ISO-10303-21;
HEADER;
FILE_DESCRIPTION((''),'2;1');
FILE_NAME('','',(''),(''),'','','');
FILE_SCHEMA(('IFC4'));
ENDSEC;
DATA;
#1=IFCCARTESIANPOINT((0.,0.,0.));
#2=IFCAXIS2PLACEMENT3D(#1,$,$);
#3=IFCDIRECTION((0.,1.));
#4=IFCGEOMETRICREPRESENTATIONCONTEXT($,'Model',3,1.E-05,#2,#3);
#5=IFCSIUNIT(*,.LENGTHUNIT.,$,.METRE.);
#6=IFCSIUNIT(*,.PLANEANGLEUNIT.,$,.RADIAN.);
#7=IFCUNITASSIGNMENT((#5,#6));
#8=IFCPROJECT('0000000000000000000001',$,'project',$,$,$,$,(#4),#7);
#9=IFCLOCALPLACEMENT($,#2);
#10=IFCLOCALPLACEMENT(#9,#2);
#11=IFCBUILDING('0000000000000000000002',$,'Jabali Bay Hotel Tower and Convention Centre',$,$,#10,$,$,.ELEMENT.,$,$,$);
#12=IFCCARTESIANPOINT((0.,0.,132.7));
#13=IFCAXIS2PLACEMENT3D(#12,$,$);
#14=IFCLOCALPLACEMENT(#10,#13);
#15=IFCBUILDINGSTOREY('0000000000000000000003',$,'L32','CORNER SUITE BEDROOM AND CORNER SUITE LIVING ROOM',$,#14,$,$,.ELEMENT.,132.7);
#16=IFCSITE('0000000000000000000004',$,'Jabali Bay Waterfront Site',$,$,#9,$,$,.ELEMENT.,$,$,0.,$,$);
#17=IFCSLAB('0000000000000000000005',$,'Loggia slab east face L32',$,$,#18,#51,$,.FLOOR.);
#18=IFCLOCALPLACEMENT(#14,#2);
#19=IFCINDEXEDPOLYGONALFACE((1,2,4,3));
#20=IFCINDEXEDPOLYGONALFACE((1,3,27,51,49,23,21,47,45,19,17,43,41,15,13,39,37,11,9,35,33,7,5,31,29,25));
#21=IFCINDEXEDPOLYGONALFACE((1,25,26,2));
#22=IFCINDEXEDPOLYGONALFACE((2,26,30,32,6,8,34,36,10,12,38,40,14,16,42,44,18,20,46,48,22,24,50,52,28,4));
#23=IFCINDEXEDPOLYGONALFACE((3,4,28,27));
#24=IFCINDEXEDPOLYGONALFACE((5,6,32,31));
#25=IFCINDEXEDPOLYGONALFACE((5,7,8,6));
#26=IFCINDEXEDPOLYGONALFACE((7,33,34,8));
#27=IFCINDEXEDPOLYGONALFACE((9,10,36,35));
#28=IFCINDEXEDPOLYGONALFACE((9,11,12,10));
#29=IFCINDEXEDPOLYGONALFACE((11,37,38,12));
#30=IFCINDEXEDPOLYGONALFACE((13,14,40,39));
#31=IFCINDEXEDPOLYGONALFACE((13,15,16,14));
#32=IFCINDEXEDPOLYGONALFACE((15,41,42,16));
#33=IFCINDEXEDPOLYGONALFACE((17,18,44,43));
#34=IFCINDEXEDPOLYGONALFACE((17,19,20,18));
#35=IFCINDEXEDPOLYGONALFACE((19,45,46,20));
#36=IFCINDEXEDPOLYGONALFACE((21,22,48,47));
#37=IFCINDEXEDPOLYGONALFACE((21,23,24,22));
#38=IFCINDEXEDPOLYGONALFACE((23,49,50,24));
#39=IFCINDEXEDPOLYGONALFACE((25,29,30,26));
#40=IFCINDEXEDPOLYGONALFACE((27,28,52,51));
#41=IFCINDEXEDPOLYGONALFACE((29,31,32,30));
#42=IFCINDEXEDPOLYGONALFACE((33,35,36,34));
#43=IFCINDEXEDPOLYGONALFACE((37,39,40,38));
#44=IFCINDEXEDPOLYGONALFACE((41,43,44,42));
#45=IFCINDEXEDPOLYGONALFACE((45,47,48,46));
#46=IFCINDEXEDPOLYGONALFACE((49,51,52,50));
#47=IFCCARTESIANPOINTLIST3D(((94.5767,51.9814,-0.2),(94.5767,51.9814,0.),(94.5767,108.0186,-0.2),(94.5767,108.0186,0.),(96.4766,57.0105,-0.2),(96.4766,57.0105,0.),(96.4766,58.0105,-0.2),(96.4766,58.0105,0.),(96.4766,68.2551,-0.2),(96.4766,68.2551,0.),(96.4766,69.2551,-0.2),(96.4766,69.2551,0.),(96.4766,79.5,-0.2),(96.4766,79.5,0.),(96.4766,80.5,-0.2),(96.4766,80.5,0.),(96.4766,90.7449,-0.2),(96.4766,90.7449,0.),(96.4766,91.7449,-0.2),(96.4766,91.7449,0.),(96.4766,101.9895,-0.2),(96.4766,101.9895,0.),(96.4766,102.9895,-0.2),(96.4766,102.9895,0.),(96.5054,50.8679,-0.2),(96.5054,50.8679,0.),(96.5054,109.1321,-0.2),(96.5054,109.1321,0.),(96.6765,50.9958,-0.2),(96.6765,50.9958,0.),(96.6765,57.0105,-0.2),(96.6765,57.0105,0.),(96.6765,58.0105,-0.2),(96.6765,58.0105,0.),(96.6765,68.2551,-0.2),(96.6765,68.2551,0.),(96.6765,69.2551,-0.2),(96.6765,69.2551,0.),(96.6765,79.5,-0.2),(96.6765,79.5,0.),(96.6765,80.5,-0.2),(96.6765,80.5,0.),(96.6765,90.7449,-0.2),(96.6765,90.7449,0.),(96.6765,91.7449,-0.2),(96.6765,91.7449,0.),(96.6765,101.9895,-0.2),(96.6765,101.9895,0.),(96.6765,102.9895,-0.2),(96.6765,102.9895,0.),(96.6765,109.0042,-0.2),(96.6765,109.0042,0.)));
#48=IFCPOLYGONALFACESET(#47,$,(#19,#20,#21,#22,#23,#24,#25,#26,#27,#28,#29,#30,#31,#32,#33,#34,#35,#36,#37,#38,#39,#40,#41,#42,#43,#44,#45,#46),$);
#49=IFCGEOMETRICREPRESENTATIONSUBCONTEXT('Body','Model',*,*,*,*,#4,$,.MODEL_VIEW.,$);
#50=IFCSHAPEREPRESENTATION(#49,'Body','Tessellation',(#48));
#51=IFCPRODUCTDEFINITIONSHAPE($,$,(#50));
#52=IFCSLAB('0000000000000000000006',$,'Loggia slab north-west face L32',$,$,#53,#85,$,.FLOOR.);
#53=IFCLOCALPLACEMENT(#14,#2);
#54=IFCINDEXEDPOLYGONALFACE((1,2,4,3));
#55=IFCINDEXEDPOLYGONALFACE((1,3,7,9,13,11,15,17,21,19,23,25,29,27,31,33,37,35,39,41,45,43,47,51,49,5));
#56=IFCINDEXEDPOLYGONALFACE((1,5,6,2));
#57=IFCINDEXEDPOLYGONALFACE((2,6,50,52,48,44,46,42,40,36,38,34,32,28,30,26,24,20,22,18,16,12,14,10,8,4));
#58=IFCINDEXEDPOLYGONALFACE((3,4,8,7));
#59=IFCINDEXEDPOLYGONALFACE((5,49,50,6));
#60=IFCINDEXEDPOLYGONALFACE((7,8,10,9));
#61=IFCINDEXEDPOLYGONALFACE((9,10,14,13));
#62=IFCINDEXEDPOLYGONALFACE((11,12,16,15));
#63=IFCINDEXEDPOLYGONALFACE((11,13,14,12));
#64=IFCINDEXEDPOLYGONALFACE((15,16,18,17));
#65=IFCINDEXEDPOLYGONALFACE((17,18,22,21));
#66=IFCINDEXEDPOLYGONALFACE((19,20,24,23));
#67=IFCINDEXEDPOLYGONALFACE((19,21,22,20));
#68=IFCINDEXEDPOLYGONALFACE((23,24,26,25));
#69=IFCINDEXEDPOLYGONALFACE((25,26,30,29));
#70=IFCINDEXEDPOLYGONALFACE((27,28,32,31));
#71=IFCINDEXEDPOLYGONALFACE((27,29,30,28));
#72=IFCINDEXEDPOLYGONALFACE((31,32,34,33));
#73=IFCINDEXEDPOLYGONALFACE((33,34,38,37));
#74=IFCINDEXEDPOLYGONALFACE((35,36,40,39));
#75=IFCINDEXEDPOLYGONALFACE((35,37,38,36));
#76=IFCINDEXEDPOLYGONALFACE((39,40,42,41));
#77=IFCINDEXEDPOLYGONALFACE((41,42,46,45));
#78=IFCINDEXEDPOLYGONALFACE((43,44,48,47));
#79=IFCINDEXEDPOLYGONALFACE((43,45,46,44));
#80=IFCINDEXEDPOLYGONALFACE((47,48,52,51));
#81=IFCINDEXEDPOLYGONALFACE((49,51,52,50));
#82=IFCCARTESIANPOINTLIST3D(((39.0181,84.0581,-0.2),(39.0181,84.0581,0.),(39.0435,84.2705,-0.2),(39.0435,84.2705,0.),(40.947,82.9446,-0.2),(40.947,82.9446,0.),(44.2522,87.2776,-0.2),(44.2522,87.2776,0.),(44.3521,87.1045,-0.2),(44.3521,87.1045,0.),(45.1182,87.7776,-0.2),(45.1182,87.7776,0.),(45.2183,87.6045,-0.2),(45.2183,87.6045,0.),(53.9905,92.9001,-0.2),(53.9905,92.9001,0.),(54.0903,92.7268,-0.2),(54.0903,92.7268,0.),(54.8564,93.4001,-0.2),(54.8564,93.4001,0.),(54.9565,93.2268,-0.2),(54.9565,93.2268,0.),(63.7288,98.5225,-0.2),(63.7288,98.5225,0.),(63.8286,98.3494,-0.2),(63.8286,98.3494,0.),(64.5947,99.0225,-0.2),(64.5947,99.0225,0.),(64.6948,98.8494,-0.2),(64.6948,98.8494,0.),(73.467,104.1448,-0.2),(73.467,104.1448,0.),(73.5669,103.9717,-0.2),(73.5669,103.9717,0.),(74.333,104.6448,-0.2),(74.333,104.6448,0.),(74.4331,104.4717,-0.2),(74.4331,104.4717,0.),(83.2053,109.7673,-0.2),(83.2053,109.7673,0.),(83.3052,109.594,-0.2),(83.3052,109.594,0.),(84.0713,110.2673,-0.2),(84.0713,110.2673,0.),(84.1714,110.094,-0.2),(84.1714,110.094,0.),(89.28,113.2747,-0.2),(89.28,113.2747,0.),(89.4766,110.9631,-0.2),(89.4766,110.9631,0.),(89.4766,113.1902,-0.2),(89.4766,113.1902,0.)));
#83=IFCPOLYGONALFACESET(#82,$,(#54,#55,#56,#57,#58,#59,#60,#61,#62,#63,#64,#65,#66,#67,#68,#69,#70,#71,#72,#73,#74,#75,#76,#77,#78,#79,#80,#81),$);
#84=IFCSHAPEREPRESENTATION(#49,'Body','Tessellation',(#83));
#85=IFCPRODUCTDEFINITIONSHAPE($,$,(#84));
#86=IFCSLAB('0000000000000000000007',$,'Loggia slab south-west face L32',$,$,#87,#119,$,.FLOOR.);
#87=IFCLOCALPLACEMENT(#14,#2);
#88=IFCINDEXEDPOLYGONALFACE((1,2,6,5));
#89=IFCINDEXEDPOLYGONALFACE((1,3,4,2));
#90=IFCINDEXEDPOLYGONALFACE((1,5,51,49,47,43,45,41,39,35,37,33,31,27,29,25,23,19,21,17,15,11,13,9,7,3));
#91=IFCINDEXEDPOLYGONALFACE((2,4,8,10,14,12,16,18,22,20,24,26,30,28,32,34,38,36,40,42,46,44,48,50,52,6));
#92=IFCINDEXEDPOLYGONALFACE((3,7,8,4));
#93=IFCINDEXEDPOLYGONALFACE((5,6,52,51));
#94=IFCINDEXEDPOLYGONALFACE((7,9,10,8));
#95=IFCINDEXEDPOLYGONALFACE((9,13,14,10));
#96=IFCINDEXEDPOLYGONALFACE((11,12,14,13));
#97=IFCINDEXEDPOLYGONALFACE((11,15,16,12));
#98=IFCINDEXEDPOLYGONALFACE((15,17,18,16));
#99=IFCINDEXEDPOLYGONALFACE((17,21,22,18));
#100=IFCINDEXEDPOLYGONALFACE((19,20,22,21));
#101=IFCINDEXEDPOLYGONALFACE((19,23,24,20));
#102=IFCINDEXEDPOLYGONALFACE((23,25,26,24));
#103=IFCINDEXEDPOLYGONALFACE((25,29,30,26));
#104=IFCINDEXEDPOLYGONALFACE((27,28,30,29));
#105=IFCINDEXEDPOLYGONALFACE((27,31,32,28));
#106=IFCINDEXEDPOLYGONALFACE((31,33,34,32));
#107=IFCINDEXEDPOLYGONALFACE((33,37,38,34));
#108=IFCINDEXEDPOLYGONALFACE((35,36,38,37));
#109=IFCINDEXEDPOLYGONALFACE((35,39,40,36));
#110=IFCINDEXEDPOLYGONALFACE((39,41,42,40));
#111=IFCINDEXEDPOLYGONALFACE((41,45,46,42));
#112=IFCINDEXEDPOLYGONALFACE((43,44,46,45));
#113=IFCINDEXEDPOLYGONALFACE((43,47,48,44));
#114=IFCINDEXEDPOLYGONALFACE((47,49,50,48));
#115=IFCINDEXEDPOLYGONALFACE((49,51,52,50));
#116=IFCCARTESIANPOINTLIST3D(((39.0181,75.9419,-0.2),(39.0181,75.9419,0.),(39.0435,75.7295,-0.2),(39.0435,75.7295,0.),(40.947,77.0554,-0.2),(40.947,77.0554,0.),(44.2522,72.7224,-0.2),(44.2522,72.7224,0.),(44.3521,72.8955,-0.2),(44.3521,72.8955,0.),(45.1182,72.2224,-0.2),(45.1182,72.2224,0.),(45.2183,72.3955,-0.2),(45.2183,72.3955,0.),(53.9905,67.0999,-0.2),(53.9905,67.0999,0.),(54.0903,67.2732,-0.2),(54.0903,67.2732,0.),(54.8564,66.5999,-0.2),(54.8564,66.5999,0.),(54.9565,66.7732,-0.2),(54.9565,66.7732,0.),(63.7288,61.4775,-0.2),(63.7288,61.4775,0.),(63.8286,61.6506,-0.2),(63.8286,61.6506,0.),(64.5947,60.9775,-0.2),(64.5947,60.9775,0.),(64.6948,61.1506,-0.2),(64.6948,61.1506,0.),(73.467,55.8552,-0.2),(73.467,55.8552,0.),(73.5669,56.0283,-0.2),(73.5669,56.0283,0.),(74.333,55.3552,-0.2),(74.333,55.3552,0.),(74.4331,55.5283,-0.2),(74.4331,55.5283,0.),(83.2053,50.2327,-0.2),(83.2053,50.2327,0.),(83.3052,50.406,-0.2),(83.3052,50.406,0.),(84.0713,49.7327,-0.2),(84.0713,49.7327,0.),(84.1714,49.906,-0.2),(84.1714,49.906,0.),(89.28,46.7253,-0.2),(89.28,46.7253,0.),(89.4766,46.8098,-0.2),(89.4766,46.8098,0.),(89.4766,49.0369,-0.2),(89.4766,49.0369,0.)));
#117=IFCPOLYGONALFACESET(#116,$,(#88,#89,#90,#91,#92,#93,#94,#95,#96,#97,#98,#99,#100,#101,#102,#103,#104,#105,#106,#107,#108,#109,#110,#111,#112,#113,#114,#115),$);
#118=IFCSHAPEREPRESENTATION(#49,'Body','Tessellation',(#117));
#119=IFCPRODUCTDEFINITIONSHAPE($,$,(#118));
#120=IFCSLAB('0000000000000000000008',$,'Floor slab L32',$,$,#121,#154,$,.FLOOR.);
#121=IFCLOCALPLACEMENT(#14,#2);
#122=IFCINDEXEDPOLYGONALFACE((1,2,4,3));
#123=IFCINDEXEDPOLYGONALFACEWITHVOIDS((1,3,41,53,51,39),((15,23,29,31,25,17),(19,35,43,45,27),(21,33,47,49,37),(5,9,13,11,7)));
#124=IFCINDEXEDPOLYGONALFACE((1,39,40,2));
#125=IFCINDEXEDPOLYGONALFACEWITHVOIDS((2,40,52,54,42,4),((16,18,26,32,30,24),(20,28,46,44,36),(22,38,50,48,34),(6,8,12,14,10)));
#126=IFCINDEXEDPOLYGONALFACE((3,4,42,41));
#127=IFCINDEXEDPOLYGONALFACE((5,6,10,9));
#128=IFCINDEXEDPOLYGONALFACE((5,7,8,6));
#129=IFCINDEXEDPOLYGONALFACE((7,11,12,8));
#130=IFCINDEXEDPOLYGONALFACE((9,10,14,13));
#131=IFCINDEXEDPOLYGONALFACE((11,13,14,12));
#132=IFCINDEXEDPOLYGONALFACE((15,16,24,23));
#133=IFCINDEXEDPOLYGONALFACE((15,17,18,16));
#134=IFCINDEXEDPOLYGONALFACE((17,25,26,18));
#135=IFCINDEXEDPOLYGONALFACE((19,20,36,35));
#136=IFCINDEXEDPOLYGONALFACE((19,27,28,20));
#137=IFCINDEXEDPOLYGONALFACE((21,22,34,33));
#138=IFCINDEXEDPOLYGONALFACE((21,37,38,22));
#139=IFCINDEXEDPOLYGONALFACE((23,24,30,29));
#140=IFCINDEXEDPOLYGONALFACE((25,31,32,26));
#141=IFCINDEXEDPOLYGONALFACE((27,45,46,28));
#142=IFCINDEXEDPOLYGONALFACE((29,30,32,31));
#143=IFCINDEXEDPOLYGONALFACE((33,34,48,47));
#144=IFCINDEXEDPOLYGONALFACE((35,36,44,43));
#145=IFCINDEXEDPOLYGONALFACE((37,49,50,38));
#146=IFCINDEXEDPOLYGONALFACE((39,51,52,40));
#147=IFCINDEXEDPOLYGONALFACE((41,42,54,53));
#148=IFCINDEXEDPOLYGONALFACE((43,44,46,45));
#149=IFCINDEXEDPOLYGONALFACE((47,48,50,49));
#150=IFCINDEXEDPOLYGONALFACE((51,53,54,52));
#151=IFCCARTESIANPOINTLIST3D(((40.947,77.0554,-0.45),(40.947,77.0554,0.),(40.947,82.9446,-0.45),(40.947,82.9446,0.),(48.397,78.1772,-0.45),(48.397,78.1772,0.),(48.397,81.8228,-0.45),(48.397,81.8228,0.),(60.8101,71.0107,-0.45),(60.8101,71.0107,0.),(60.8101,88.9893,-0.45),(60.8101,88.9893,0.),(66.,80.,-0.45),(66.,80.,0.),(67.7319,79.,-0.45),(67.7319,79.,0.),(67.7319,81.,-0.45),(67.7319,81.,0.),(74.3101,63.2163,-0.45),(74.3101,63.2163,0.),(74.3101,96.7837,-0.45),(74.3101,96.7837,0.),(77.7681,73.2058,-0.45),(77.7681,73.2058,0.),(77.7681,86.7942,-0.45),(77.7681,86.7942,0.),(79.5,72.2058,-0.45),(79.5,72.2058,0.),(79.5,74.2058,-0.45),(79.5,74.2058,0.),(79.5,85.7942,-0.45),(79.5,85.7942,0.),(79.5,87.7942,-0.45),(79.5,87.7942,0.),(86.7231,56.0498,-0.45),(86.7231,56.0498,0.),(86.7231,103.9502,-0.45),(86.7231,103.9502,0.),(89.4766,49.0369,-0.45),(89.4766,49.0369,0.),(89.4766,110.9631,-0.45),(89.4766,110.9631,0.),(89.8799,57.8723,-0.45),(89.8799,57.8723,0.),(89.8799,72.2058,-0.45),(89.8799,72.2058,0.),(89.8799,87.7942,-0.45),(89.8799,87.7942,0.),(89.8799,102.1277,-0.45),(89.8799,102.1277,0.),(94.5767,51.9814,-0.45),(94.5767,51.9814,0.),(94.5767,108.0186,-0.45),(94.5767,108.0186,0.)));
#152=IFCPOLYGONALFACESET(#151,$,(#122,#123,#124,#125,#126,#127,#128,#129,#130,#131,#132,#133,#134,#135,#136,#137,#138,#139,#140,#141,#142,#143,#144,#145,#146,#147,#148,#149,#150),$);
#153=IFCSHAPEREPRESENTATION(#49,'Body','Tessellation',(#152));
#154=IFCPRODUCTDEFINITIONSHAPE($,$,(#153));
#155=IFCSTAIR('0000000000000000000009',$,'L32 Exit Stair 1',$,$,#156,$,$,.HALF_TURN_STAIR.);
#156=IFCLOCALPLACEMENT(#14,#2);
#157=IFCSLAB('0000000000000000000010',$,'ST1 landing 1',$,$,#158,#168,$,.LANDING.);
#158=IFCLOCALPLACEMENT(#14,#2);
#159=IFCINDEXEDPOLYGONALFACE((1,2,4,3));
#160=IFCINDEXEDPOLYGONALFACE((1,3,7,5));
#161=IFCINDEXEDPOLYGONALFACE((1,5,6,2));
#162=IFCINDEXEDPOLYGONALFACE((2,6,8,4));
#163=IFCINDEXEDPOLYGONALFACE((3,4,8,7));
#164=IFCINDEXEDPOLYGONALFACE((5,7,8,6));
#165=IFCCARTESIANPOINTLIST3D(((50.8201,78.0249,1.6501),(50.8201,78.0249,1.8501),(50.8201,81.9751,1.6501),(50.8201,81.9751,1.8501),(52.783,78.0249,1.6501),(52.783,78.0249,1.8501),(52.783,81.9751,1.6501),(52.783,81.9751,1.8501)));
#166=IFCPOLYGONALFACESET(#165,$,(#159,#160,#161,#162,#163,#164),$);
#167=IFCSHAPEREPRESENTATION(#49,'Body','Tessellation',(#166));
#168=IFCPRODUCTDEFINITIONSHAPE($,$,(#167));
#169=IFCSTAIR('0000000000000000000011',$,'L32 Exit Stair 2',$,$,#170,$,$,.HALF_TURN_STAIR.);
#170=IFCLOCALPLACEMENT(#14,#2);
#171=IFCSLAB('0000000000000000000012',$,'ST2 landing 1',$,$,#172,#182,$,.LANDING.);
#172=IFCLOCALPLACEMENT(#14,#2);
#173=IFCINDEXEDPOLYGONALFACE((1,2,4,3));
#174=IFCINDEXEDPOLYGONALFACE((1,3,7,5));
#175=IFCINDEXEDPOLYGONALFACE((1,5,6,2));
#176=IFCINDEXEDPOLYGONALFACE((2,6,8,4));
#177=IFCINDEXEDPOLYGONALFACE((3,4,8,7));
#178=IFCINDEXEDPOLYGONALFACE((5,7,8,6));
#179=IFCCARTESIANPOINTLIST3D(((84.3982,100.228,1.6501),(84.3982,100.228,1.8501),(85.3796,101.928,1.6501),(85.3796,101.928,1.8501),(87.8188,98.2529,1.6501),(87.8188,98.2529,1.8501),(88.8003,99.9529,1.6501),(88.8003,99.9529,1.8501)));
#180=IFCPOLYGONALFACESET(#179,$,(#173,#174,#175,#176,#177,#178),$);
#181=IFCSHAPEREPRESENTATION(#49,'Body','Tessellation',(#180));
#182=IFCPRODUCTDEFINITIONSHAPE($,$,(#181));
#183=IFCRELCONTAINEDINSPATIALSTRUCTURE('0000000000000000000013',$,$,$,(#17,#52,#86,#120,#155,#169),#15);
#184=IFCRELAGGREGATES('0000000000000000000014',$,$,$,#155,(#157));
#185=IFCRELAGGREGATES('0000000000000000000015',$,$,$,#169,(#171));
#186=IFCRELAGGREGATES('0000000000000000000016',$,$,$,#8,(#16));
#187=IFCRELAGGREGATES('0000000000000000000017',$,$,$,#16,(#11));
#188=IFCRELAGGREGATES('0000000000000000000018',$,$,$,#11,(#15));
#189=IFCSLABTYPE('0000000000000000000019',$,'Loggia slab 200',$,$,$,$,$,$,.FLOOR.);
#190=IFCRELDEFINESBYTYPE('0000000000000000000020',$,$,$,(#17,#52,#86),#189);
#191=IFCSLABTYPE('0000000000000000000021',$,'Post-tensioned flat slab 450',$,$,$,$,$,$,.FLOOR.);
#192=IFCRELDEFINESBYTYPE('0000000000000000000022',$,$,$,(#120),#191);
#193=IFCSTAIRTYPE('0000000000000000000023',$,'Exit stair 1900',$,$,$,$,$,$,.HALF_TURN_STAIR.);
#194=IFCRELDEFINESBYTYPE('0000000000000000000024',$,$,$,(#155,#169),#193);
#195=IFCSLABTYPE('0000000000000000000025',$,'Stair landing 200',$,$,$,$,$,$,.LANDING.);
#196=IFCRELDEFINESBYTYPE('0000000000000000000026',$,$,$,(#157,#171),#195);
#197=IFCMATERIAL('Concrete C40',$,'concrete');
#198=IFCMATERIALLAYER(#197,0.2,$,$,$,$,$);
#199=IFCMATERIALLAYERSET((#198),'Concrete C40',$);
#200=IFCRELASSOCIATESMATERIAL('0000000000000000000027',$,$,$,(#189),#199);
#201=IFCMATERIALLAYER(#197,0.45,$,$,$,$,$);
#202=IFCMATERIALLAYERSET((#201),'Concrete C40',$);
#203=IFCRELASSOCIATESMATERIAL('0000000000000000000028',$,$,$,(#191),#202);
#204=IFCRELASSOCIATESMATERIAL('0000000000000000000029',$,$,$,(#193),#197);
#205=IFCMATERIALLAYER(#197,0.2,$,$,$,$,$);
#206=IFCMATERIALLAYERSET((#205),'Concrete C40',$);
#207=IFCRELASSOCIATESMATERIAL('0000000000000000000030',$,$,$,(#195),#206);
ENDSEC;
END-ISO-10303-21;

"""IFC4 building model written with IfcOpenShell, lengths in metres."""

from ifc_helpers import new_model, si_unit, direction, frame, origin, place, context, subcontext, project, spatial, polyline, outline, extrude, material, layer, layer_set, type_object, element, aggregate, save


model = new_model("IFC4")

# Units and contexts
model_context = context("Model", 3, precision=1e-05, world=origin(), true_north=direction((0.0, 1.0)))
body_context = subcontext(model_context, "Body", "Model", "MODEL_VIEW")
ifc_project = project(units=[si_unit("LENGTHUNIT", "METRE"), si_unit("PLANEANGLEUNIT", "RADIAN")], contexts=[model_context])

# Site, building, storey
site_placement = place(None, origin())
site = spatial("IfcSite", under=ifc_project, at=site_placement, Name="Jabali Bay Waterfront Site", CompositionType="ELEMENT", RefElevation=0.0)
building_placement = place(site_placement, origin())
building = spatial("IfcBuilding", under=site, at=building_placement, Name="Jabali Bay Hotel Tower and Convention Centre", CompositionType="ELEMENT")
storey_placement = place(building_placement, frame((0.0, 0.0, 132.7)))
storey = spatial("IfcBuildingStorey", under=building, at=storey_placement, Name="L32", Description="CORNER SUITE BEDROOM AND CORNER SUITE LIVING ROOM", CompositionType="ELEMENT", Elevation=132.7)

# Slabs
ifc_material_1 = material(Name="Concrete C40", Category="concrete")
ifc_layer_1 = layer(ifc_material_1, 0.2)
ifc_layer_set_1 = layer_set([ifc_layer_1], Name="Concrete C40")
slab_type_1 = type_object("IfcSlabType", Name="Loggia slab 200", PredefinedType="FLOOR", material=ifc_layer_set_1)
slab_1_placement = place(storey_placement, frame((0.0, 0.0, -0.2)))
element("IfcSlab", 1, at=slab_1_placement, inside=storey, type_object=slab_type_1, Name="Loggia slab east face L32", PredefinedType="FLOOR", context=body_context, shape_type="SweptSolid", body=[
    extrude(outline(polyline([(94.5767, 108.0186), (96.5054, 109.1321), (96.6765, 109.0042), (96.6765, 102.9895), (96.4766, 102.9895), (96.4766, 101.9895), (96.6765, 101.9895), (96.6765, 91.7449), (96.4766, 91.7449), (96.4766, 90.7449), (96.6765, 90.7449), (96.6765, 80.5), (96.4766, 80.5), (96.4766, 79.5), (96.6765, 79.5), (96.6765, 69.2551), (96.4766, 69.2551), (96.4766, 68.2551), (96.6765, 68.2551), (96.6765, 58.0105), (96.4766, 58.0105), (96.4766, 57.0105), (96.6765, 57.0105), (96.6765, 50.9958), (96.5054, 50.8679), (94.5767, 51.9814), (94.5767, 108.0186)])), origin(), (0.0, 0.0, 1.0), 0.2),
])
slab_2_placement = place(storey_placement, frame((0.0, 0.0, -0.2)))
element("IfcSlab", 2, at=slab_2_placement, inside=storey, type_object=slab_type_1, Name="Loggia slab north-west face L32", PredefinedType="FLOOR", context=body_context, shape_type="SweptSolid", body=[
    extrude(outline(polyline([(40.947, 82.9446), (39.0181, 84.0581), (39.0435, 84.2705), (44.2522, 87.2776), (44.3521, 87.1045), (45.2183, 87.6045), (45.1182, 87.7776), (53.9905, 92.9001), (54.0903, 92.7268), (54.9565, 93.2268), (54.8564, 93.4001), (63.7288, 98.5225), (63.8286, 98.3494), (64.6948, 98.8494), (64.5947, 99.0225), (73.467, 104.1448), (73.5669, 103.9717), (74.4331, 104.4717), (74.333, 104.6448), (83.2053, 109.7673), (83.3052, 109.594), (84.1714, 110.094), (84.0713, 110.2673), (89.28, 113.2747), (89.4766, 113.1902), (89.4766, 110.9631), (40.947, 82.9446)])), origin(), (0.0, 0.0, 1.0), 0.2),
])
slab_3_placement = place(storey_placement, frame((0.0, 0.0, -0.2)))
element("IfcSlab", 3, at=slab_3_placement, inside=storey, type_object=slab_type_1, Name="Loggia slab south-west face L32", PredefinedType="FLOOR", context=body_context, shape_type="SweptSolid", body=[
    extrude(outline(polyline([(89.4766, 49.0369), (89.4766, 46.8098), (89.28, 46.7253), (84.0713, 49.7327), (84.1714, 49.906), (83.3052, 50.406), (83.2053, 50.2327), (74.333, 55.3552), (74.4331, 55.5283), (73.5669, 56.0283), (73.467, 55.8552), (64.5947, 60.9775), (64.6948, 61.1506), (63.8286, 61.6506), (63.7288, 61.4775), (54.8564, 66.5999), (54.9565, 66.7732), (54.0903, 67.2732), (53.9905, 67.0999), (45.1182, 72.2224), (45.2183, 72.3955), (44.3521, 72.8955), (44.2522, 72.7224), (39.0435, 75.7295), (39.0181, 75.9419), (40.947, 77.0554), (89.4766, 49.0369)])), origin(), (0.0, 0.0, 1.0), 0.2),
])
ifc_layer_2 = layer(ifc_material_1, 0.45)
ifc_layer_set_2 = layer_set([ifc_layer_2], Name="Concrete C40")
slab_type_2 = type_object("IfcSlabType", Name="Post-tensioned flat slab 450", PredefinedType="FLOOR", material=ifc_layer_set_2)
slab_4_placement = place(storey_placement, frame((0.0, 0.0, -0.45)))
element("IfcSlab", 4, at=slab_4_placement, inside=storey, type_object=slab_type_2, Name="Floor slab L32", PredefinedType="FLOOR", context=body_context, shape_type="SweptSolid", body=[
    extrude(outline(polyline([(89.4766, 110.9631), (94.5767, 108.0186), (94.5767, 51.9814), (89.4766, 49.0369), (40.947, 77.0554), (40.947, 82.9446), (89.4766, 110.9631)]), holes=[polyline([(67.7319, 79.0), (77.7681, 73.2058), (79.5, 74.2058), (79.5, 85.7942), (77.7681, 86.7942), (67.7319, 81.0), (67.7319, 79.0)]), polyline([(48.397, 78.1772), (60.8101, 71.0107), (66.0, 80.0), (60.8101, 88.9893), (48.397, 81.8228), (48.397, 78.1772)]), polyline([(89.8799, 102.1277), (86.7231, 103.9502), (74.3101, 96.7837), (79.5, 87.7942), (89.8799, 87.7942), (89.8799, 102.1277)]), polyline([(74.3101, 63.2163), (86.7231, 56.0498), (89.8799, 57.8723), (89.8799, 72.2058), (79.5, 72.2058), (74.3101, 63.2163)])]), origin(), (0.0, 0.0, 1.0), 0.45),
])

# Stairs, slabs
stair_type = type_object("IfcStairType", Name="Exit stair 1900", PredefinedType="HALF_TURN_STAIR", material=ifc_material_1)
stair_1_placement = place(storey_placement, origin())
stair_1 = element("IfcStair", 5, at=stair_1_placement, inside=storey, type_object=stair_type, Name="L32 Exit Stair 1", PredefinedType="HALF_TURN_STAIR")
ifc_layer_3 = layer(ifc_material_1, 0.2)
ifc_layer_set_3 = layer_set([ifc_layer_3], Name="Concrete C40")
slab_type_3 = type_object("IfcSlabType", Name="Stair landing 200", PredefinedType="LANDING", material=ifc_layer_set_3)
slab_5_placement = place(storey_placement, frame((0.0, 0.0, 1.6501)))
slab_5 = element("IfcSlab", 6, at=slab_5_placement, type_object=slab_type_3, Name="ST1 landing 1", PredefinedType="LANDING", context=body_context, shape_type="SweptSolid", body=[
    extrude(outline(polyline([(52.783, 81.9751), (50.8201, 81.9751), (50.8201, 78.0249), (52.783, 78.0249), (52.783, 81.9751)])), origin(), (0.0, 0.0, 1.0), 0.2),
])
aggregate(stair_1, [slab_5])
stair_2_placement = place(storey_placement, origin())
stair_2 = element("IfcStair", 7, at=stair_2_placement, inside=storey, type_object=stair_type, Name="L32 Exit Stair 2", PredefinedType="HALF_TURN_STAIR")
slab_6_placement = place(storey_placement, frame((0.0, 0.0, 1.6501)))
slab_6 = element("IfcSlab", 8, at=slab_6_placement, type_object=slab_type_3, Name="ST2 landing 1", PredefinedType="LANDING", context=body_context, shape_type="SweptSolid", body=[
    extrude(outline(polyline([(87.8188, 98.2529), (88.8003, 99.9529), (85.3796, 101.928), (84.3982, 100.228), (87.8188, 98.2529)])), origin(), (0.0, 0.0, 1.0), 0.2),
])
aggregate(stair_2, [slab_6])

save(model, "model.ifc")
